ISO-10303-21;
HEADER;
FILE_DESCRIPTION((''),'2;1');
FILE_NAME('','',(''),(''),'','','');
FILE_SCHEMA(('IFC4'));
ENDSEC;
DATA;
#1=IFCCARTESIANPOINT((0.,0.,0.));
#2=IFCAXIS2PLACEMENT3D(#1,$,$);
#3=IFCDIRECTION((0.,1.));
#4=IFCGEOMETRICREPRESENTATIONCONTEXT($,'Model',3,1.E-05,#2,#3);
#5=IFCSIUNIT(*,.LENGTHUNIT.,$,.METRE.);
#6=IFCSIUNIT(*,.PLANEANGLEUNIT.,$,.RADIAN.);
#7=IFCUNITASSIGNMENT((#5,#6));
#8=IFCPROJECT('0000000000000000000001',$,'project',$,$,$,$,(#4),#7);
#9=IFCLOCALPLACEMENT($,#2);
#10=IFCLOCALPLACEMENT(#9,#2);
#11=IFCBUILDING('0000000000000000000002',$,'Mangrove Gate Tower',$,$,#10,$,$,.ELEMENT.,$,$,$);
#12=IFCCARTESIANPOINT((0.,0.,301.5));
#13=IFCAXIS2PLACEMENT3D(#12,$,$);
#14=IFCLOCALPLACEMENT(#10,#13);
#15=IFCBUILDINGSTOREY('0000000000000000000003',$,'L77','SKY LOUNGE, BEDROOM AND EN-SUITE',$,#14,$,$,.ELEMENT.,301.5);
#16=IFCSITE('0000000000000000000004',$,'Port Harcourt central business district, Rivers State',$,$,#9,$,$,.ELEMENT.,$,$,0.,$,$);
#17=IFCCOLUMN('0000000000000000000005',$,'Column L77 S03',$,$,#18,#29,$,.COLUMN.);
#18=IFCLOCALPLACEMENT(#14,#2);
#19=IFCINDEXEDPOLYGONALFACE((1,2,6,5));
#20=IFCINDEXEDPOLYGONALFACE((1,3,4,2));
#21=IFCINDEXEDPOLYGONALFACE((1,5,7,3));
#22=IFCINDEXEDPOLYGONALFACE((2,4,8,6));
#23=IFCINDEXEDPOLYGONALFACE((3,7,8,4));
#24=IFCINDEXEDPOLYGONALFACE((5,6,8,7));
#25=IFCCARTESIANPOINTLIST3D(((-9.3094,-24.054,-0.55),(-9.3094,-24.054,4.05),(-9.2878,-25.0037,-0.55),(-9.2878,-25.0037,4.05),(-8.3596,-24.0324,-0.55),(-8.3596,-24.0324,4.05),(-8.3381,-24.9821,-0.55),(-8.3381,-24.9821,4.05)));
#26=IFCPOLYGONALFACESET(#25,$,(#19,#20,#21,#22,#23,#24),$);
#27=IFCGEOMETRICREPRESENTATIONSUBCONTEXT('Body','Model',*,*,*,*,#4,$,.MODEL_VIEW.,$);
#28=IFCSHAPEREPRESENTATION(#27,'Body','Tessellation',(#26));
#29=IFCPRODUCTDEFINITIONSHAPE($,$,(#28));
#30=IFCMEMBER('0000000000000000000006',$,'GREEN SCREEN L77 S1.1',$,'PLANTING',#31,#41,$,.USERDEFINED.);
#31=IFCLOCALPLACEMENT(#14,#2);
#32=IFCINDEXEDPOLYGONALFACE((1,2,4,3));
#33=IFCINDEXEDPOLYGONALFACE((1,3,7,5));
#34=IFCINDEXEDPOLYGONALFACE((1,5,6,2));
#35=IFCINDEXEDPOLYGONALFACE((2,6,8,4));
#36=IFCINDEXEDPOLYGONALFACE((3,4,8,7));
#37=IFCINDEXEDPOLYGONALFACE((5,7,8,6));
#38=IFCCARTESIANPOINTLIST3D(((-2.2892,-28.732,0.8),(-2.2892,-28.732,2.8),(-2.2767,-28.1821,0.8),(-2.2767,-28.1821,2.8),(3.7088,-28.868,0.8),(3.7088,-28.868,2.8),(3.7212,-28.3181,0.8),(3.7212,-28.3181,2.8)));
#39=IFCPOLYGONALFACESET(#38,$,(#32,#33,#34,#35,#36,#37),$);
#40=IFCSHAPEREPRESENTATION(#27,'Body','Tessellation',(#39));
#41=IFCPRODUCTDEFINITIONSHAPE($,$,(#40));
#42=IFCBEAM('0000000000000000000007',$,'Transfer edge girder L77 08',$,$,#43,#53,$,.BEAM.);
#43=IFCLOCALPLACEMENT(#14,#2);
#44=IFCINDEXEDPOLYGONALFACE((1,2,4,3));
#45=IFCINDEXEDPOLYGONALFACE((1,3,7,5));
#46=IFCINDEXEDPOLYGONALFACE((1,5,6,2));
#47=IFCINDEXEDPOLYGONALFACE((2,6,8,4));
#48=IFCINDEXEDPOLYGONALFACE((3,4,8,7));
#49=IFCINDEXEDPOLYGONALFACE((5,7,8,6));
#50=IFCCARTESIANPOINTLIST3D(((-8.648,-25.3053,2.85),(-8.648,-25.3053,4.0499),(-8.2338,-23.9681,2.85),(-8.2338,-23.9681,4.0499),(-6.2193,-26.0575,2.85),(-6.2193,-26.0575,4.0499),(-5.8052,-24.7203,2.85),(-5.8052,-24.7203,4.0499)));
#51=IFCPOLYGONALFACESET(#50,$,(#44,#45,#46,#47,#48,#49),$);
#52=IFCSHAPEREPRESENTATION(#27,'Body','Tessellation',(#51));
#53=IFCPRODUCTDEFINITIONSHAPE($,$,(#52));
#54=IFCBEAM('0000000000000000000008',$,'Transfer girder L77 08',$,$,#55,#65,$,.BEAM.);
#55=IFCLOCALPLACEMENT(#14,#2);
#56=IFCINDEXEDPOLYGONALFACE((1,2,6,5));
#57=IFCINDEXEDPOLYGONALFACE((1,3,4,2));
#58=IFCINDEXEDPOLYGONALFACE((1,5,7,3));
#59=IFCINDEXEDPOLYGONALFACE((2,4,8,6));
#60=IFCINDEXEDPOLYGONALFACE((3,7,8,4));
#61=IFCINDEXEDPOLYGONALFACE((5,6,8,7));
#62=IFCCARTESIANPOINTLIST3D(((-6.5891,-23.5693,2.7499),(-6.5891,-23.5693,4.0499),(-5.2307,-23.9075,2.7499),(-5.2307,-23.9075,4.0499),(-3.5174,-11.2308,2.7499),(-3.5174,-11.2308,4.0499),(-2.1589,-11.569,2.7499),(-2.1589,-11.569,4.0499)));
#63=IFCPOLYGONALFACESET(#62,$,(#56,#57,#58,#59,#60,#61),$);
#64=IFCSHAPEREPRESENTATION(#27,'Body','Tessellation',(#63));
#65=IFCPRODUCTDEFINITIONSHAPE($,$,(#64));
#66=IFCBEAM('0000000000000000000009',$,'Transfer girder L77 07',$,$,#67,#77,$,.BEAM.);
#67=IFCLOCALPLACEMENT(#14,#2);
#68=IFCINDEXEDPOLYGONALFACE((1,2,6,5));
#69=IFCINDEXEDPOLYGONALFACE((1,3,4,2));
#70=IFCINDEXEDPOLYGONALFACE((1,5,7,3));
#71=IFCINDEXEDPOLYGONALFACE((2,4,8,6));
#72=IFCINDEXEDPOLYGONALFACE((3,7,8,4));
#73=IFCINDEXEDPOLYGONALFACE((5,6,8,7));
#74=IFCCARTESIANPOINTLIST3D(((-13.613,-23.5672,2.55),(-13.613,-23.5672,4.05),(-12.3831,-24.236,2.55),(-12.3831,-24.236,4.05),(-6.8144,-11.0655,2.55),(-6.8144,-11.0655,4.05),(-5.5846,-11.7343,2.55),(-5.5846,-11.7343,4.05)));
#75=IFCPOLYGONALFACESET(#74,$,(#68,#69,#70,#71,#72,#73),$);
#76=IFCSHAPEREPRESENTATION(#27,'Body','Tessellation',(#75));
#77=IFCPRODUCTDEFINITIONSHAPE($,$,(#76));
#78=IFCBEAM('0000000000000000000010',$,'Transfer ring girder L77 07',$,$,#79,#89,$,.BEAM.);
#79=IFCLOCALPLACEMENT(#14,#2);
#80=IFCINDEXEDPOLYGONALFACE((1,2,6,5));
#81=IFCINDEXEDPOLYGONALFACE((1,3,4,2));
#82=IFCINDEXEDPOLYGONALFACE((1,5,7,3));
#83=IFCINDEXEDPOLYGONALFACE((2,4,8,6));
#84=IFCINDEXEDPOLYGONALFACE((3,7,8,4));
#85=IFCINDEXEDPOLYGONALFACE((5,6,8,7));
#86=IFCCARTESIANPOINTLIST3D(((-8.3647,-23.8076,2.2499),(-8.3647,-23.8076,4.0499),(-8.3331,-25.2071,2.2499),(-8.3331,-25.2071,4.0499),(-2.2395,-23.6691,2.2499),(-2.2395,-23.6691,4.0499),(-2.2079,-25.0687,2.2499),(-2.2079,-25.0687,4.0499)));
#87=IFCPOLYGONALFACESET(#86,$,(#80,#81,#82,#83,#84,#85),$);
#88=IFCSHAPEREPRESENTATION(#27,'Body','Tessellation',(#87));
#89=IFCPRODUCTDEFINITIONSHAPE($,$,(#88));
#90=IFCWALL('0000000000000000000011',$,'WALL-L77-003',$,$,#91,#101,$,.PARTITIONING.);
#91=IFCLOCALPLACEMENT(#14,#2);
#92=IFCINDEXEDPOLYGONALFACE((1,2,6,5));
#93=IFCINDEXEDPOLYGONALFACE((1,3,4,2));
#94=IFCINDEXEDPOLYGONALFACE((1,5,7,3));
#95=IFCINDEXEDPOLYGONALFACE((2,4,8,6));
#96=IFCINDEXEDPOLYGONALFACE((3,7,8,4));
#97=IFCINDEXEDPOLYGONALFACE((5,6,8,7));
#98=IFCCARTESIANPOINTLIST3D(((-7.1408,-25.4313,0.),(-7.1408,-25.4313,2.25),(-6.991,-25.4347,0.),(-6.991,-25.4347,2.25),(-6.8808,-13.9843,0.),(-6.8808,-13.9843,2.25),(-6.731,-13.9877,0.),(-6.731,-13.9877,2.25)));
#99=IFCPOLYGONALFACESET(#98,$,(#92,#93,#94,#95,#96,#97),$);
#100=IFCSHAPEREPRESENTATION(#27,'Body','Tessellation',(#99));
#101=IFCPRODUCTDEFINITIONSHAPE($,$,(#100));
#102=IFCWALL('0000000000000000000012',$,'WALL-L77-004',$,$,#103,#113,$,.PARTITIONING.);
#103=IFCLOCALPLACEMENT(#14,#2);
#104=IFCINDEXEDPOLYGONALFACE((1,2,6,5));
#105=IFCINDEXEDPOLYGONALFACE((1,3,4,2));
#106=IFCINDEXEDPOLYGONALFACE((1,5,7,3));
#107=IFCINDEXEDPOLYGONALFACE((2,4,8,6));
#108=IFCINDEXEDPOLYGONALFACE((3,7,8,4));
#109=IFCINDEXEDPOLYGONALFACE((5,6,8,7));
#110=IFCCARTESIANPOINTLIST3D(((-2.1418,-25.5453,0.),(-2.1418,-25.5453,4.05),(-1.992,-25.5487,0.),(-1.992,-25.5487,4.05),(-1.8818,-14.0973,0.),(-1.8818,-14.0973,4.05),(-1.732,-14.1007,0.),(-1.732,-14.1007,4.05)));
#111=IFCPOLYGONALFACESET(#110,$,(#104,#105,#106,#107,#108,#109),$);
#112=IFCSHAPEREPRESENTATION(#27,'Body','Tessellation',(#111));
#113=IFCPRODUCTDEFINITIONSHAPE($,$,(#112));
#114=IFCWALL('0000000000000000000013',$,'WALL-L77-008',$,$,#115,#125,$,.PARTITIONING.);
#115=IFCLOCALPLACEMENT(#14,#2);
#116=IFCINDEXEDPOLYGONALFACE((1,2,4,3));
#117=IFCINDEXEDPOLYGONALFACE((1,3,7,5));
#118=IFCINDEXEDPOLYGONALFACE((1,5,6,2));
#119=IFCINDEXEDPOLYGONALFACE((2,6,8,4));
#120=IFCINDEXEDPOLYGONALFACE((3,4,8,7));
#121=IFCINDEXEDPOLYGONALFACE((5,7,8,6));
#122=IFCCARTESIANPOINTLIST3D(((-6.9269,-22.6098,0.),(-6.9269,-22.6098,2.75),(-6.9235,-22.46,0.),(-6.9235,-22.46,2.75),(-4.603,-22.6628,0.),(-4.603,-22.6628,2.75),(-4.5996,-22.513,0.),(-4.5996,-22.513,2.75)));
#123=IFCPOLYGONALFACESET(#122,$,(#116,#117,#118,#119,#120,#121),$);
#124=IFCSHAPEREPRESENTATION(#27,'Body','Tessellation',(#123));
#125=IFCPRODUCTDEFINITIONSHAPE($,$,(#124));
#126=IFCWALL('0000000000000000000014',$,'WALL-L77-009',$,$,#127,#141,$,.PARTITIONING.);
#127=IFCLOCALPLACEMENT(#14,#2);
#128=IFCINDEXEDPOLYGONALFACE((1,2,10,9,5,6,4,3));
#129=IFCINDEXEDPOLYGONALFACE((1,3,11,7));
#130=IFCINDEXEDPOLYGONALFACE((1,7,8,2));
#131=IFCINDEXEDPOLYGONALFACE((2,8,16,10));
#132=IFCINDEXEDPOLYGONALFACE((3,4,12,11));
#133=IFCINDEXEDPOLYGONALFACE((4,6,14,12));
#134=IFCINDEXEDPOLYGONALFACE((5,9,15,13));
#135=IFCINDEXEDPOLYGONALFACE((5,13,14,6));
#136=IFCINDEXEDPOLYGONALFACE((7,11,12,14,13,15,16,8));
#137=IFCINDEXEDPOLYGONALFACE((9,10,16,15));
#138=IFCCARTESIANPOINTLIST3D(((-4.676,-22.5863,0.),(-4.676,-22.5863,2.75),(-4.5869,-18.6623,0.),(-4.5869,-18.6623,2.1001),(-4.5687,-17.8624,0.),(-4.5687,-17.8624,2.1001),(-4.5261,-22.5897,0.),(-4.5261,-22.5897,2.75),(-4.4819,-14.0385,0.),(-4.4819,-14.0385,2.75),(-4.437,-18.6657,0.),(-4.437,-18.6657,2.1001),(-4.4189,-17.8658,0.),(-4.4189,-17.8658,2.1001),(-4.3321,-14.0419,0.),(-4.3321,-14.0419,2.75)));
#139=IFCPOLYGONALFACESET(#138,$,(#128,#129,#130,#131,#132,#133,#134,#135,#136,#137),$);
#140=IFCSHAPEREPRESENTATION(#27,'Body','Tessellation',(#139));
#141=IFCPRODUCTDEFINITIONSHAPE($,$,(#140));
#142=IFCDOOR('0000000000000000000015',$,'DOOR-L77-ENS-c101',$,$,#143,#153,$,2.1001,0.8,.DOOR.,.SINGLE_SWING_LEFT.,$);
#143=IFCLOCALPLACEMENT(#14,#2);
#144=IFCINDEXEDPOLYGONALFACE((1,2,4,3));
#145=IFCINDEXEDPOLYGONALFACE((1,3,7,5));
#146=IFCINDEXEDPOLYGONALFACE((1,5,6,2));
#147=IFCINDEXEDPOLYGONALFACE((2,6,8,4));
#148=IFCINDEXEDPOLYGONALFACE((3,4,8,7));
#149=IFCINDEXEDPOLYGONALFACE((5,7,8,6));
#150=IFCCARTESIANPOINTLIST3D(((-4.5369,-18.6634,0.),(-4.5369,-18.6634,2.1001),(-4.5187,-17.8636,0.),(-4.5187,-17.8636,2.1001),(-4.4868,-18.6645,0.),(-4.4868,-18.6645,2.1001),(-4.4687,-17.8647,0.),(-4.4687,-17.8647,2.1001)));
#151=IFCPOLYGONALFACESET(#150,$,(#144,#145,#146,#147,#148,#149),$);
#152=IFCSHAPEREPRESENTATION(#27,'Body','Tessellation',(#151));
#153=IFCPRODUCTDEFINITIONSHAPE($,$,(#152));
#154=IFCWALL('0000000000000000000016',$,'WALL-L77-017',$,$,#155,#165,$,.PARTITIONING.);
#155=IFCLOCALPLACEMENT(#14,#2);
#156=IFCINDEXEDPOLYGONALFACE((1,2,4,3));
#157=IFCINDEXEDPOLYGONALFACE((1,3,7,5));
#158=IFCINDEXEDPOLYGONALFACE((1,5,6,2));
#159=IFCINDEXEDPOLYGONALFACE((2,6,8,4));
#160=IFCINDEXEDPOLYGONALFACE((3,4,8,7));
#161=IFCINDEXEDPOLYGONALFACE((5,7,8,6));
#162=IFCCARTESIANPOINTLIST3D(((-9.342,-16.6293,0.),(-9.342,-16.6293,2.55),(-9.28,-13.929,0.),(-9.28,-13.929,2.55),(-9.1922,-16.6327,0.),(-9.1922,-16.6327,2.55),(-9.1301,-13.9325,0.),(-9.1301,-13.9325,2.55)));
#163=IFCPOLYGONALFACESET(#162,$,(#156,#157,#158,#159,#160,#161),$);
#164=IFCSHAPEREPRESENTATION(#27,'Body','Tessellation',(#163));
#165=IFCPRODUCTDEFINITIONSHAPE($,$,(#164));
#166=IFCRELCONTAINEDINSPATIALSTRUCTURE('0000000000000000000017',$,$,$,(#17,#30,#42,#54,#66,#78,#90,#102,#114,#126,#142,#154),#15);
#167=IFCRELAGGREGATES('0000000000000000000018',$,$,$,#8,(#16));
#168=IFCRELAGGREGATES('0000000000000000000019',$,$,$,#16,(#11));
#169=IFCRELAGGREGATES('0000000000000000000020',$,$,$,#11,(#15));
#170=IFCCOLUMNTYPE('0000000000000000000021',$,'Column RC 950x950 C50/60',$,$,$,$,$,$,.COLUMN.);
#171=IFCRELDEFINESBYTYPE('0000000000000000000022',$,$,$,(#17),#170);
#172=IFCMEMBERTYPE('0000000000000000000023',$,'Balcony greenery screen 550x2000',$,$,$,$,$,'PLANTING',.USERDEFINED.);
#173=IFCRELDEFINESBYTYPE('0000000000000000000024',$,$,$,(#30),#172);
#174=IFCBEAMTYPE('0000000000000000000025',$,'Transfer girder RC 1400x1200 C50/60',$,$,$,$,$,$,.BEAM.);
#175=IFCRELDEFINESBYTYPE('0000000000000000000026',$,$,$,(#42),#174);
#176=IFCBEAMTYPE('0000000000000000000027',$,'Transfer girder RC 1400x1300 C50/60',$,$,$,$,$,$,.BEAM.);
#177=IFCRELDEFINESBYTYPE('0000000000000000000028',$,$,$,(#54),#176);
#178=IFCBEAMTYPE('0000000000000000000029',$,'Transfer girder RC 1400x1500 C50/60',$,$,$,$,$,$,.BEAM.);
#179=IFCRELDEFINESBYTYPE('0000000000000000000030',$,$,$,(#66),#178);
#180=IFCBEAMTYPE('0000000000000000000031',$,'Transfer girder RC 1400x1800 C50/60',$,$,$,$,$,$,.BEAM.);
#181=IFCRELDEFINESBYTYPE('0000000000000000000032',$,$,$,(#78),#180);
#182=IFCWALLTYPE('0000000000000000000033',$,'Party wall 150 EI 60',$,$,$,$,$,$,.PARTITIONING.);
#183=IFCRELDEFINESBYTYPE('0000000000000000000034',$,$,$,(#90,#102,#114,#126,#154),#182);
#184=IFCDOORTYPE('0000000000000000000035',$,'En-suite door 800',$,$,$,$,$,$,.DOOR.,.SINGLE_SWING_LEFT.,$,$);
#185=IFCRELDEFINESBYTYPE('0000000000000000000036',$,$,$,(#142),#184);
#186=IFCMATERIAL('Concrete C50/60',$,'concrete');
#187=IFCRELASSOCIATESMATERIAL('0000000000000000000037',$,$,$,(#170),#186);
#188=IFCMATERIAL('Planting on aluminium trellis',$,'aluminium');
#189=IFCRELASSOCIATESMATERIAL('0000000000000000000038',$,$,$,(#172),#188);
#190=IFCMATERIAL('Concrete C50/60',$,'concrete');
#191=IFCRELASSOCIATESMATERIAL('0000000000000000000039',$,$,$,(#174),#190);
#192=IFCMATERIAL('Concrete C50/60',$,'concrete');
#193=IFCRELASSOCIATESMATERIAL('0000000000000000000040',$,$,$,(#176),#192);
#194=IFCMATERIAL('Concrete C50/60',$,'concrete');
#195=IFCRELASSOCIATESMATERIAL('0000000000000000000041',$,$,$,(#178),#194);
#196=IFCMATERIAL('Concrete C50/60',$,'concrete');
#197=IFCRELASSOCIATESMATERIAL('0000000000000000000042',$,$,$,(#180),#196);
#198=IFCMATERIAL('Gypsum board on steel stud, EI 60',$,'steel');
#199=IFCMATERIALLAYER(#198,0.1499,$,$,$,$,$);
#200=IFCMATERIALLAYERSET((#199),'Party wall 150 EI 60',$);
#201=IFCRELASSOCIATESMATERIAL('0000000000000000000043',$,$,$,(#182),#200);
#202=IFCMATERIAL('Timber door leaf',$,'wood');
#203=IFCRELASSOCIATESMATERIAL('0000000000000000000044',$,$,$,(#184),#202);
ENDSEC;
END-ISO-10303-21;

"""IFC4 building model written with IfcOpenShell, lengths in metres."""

from ifc_helpers import new_model, si_unit, direction, frame, frame_2d, origin, origin_2d, place, context, subcontext, project, spatial, rectangle, extrude, material, layer, layer_set, material_profile, profile_set, type_object, element, fill, save


model = new_model("IFC4")

# Units and contexts
model_context = context("Model", 3, precision=1e-05, world=origin(), true_north=direction((0.0, 1.0)))
body_context = subcontext(model_context, "Body", "Model", "MODEL_VIEW")
ifc_project = project(units=[si_unit("LENGTHUNIT", "METRE"), si_unit("PLANEANGLEUNIT", "RADIAN")], contexts=[model_context])

# Site, building, storey
site_placement = place(None, origin())
site = spatial("IfcSite", under=ifc_project, at=site_placement, Name="Port Harcourt central business district, Rivers State", CompositionType="ELEMENT", RefElevation=0.0)
building_placement = place(site_placement, origin())
building = spatial("IfcBuilding", under=site, at=building_placement, Name="Mangrove Gate Tower", CompositionType="ELEMENT")
storey_placement = place(building_placement, frame((0.0, 0.0, 301.5)))
storey = spatial("IfcBuildingStorey", under=building, at=storey_placement, Name="L77", Description="SKY LOUNGE, BEDROOM AND EN-SUITE", CompositionType="ELEMENT", Elevation=301.5)

# Column
ifc_material_1 = material(Name="Concrete C50/60", Category="concrete")
ifc_material_profile_1 = material_profile(ifc_material_1, rectangle(XDim=0.95, YDim=0.95, at=origin_2d()))
ifc_profile_set_1 = profile_set([ifc_material_profile_1], Name="Concrete C50/60")
column_type = type_object("IfcColumnType", Name="Column RC 950x950 C50/60", PredefinedType="COLUMN", material=ifc_profile_set_1)
column_placement = place(storey_placement, frame((-8.8237, -24.5181, -0.55), z_axis=(0.0, 0.0, 1.0), x_axis=(0.999743, 0.02268, 0.0)))
element("IfcColumn", 1, at=column_placement, inside=storey, type_object=column_type, Name="Column L77 S03", PredefinedType="COLUMN", context=body_context, shape_type="SweptSolid", body=[
    extrude(rectangle(XDim=0.95, YDim=0.95, at=origin_2d()), origin(), (0.0, 0.0, 1.0), 4.6001),
])

# Member
ifc_material_2 = material(Name="Planting on aluminium trellis", Category="aluminium")
ifc_material_profile_2 = material_profile(ifc_material_2, rectangle(XDim=0.55, YDim=2.0, at=origin_2d()))
ifc_profile_set_2 = profile_set([ifc_material_profile_2], Name="Planting on aluminium trellis")
member_type = type_object("IfcMemberType", Name="Balcony greenery screen 550x2000", ElementType="PLANTING", PredefinedType="USERDEFINED", material=ifc_profile_set_2)
member_placement = place(storey_placement, frame((-2.283, -28.457, 1.8), z_axis=(0.999743, -0.022666, 0.0), x_axis=(0.022666, 0.999743, 0.0)))
element("IfcMember", 2, at=member_placement, inside=storey, type_object=member_type, Name="GREEN SCREEN L77 S1.1", ObjectType="PLANTING", PredefinedType="USERDEFINED", context=body_context, shape_type="SweptSolid", body=[
    extrude(rectangle(XDim=0.55, YDim=2.0, at=origin_2d()), origin(), (0.0, 0.0, 1.0), 5.9995),
])

# Beams
ifc_material_3 = material(Name="Concrete C50/60", Category="concrete")
ifc_material_profile_3 = material_profile(ifc_material_3, rectangle(XDim=1.3999, YDim=1.2, at=origin_2d()))
ifc_profile_set_3 = profile_set([ifc_material_profile_3], Name="Concrete C50/60")
beam_type_1 = type_object("IfcBeamType", Name="Transfer girder RC 1400x1200 C50/60", PredefinedType="BEAM", material=ifc_profile_set_3)
beam_1_placement = place(storey_placement, frame((-8.4409, -24.6367, 3.45), z_axis=(0.955236, -0.295846, 0.0), x_axis=(0.295846, 0.955236, 0.0)))
element("IfcBeam", 3, at=beam_1_placement, inside=storey, type_object=beam_type_1, Name="Transfer edge girder L77 08", PredefinedType="BEAM", context=body_context, shape_type="SweptSolid", body=[
    extrude(rectangle(XDim=1.3999, YDim=1.2, at=origin_2d()), origin(), (0.0, 0.0, 1.0), 2.5425),
])
ifc_material_4 = material(Name="Concrete C50/60", Category="concrete")
ifc_material_profile_4 = material_profile(ifc_material_4, rectangle(XDim=1.3999, YDim=1.3, at=origin_2d()))
ifc_profile_set_4 = profile_set([ifc_material_profile_4], Name="Concrete C50/60")
beam_type_2 = type_object("IfcBeamType", Name="Transfer girder RC 1400x1300 C50/60", PredefinedType="BEAM", material=ifc_profile_set_4)
beam_2_placement = place(storey_placement, frame((-2.8381, -11.3999, 3.3999), z_axis=(-0.241587, -0.970379, 0.0), x_axis=(0.970379, -0.241587, 0.0)))
element("IfcBeam", 4, at=beam_2_placement, inside=storey, type_object=beam_type_2, Name="Transfer girder L77 08", PredefinedType="BEAM", context=body_context, shape_type="SweptSolid", body=[
    extrude(rectangle(XDim=1.3999, YDim=1.3, at=origin_2d()), origin(), (0.0, 0.0, 1.0), 12.7151),
])
ifc_material_5 = material(Name="Concrete C50/60", Category="concrete")
ifc_material_profile_5 = material_profile(ifc_material_5, rectangle(XDim=1.3999, YDim=1.5, at=origin_2d()))
ifc_profile_set_5 = profile_set([ifc_material_profile_5], Name="Concrete C50/60")
beam_type_3 = type_object("IfcBeamType", Name="Transfer girder RC 1400x1500 C50/60", PredefinedType="BEAM", material=ifc_profile_set_5)
beam_3_placement = place(storey_placement, frame((-6.1995, -11.3999, 3.3), z_axis=(-0.47774, -0.878501, 0.0), x_axis=(0.878501, -0.47774, 0.0)))
element("IfcBeam", 5, at=beam_3_placement, inside=storey, type_object=beam_type_3, Name="Transfer girder L77 07", PredefinedType="BEAM", context=body_context, shape_type="SweptSolid", body=[
    extrude(rectangle(XDim=1.3999, YDim=1.5, at=origin_2d()), origin(), (0.0, 0.0, 1.0), 14.2307),
])
ifc_material_6 = material(Name="Concrete C50/60", Category="concrete")
ifc_material_profile_6 = material_profile(ifc_material_6, rectangle(XDim=1.3999, YDim=1.8, at=origin_2d()))
ifc_profile_set_6 = profile_set([ifc_material_profile_6], Name="Concrete C50/60")
beam_type_4 = type_object("IfcBeamType", Name="Transfer girder RC 1400x1800 C50/60", PredefinedType="BEAM", material=ifc_profile_set_6)
beam_4_placement = place(storey_placement, frame((-8.3489, -24.5073, 3.1499), z_axis=(0.999745, 0.022594, 0.0), x_axis=(-0.022594, 0.999745, 0.0)))
element("IfcBeam", 6, at=beam_4_placement, inside=storey, type_object=beam_type_4, Name="Transfer ring girder L77 07", PredefinedType="BEAM", context=body_context, shape_type="SweptSolid", body=[
    extrude(rectangle(XDim=1.3999, YDim=1.8, at=origin_2d()), origin(), (0.0, 0.0, 1.0), 6.1267),
])

# Walls
ifc_material_7 = material(Name="Gypsum board on steel stud, EI 60", Category="steel")
ifc_layer_1 = layer(ifc_material_7, 0.1499)
ifc_layer_set_1 = layer_set([ifc_layer_1], Name="Party wall 150 EI 60")
wall_type_1 = type_object("IfcWallType", Name="Party wall 150 EI 60", PredefinedType="PARTITIONING", material=ifc_layer_set_1)
wall_1_placement = place(storey_placement, frame((-7.0659, -25.4331, 0.0), z_axis=(0.0, 0.0, 1.0), x_axis=(0.022708, 0.999742, 0.0)))
element("IfcWall", 7, at=wall_1_placement, inside=storey, type_object=wall_type_1, Name="WALL-L77-003", PredefinedType="PARTITIONING", context=body_context, shape_type="SweptSolid", body=[
    extrude(rectangle(XDim=11.45, YDim=0.1499, at=frame_2d((5.7251, 0.0))), origin(), (0.0, 0.0, 1.0), 2.25),
])
wall_2_placement = place(storey_placement, frame((-2.0669, -25.5471, 0.0), z_axis=(0.0, 0.0, 1.0), x_axis=(0.022706, 0.999742, 0.0)))
element("IfcWall", 8, at=wall_2_placement, inside=storey, type_object=wall_type_1, Name="WALL-L77-004", PredefinedType="PARTITIONING", context=body_context, shape_type="SweptSolid", body=[
    extrude(rectangle(XDim=11.4509, YDim=0.1499, at=frame_2d((5.7256, 0.0))), origin(), (0.0, 0.0, 1.0), 4.05),
])
wall_3_placement = place(storey_placement, frame((-6.925, -22.5349, 0.0), z_axis=(0.0, 0.0, 1.0), x_axis=(0.99974, -0.022791, 0.0)))
element("IfcWall", 9, at=wall_3_placement, inside=storey, type_object=wall_type_1, Name="WALL-L77-008", PredefinedType="PARTITIONING", context=body_context, shape_type="SweptSolid", body=[
    extrude(rectangle(XDim=2.3245, YDim=0.1499, at=frame_2d((1.1621, 0.0))), origin(), (0.0, 0.0, 1.0), 2.75),
])

# Wall, opening, door
wall_4_placement = place(storey_placement, frame((-4.6011, -22.5879, 0.0), z_axis=(0.0, 0.0, 1.0), x_axis=(0.022701, 0.999742, 0.0)))
wall_4 = element("IfcWall", 10, at=wall_4_placement, inside=storey, type_object=wall_type_1, Name="WALL-L77-009", PredefinedType="PARTITIONING", context=body_context, shape_type="SweptSolid", body=[
    extrude(rectangle(XDim=8.55, YDim=0.1499, at=frame_2d((4.2749, 0.0))), origin(), (0.0, 0.0, 1.0), 2.75),
])
opening_placement = place(wall_4_placement, frame((3.925, 0.0, 0.0)))
opening = element("IfcOpeningElement", 11, at=opening_placement, cuts=wall_4, PredefinedType="OPENING", context=body_context, shape_type="SweptSolid", body=[
    extrude(rectangle(XDim=0.8, YDim=2.1001, at=frame_2d((0.3999, 1.05))), frame((0.0, 0.085, 0.0), z_axis=(0.0, -1.0, 0.0), x_axis=(1.0, 0.0, 0.0)), (0.0, 0.0, 1.0), 0.1699),
])
ifc_material_8 = material(Name="Timber door leaf", Category="wood")
door_type = type_object("IfcDoorType", Name="En-suite door 800", OperationType="SINGLE_SWING_LEFT", PredefinedType="DOOR", material=ifc_material_8)
door_placement = place(opening_placement, origin())
door = element("IfcDoor", 12, at=door_placement, inside=storey, type_object=door_type, Name="DOOR-L77-ENS-c101", OperationType="SINGLE_SWING_LEFT", OverallHeight=2.1001, OverallWidth=0.8, PredefinedType="DOOR", context=body_context, shape_type="SweptSolid", body=[
    extrude(rectangle(XDim=0.8, YDim=2.1001, at=frame_2d((0.3999, 1.05))), frame((0.0, 0.0249, 0.0), z_axis=(0.0, -1.0, 0.0), x_axis=(1.0, 0.0, 0.0)), (0.0, 0.0, 1.0), 0.05),
])
fill(opening, door)

# Wall
wall_5_placement = place(storey_placement, frame((-9.2671, -16.6311, 0.0), z_axis=(0.0, 0.0, 1.0), x_axis=(0.02296, 0.999736, 0.0)))
element("IfcWall", 13, at=wall_5_placement, inside=storey, type_object=wall_type_1, Name="WALL-L77-017", PredefinedType="PARTITIONING", context=body_context, shape_type="SweptSolid", body=[
    extrude(rectangle(XDim=2.7009, YDim=0.1499, at=frame_2d((1.3506, 0.0))), origin(), (0.0, 0.0, 1.0), 2.55),
])

save(model, "model.ifc")
